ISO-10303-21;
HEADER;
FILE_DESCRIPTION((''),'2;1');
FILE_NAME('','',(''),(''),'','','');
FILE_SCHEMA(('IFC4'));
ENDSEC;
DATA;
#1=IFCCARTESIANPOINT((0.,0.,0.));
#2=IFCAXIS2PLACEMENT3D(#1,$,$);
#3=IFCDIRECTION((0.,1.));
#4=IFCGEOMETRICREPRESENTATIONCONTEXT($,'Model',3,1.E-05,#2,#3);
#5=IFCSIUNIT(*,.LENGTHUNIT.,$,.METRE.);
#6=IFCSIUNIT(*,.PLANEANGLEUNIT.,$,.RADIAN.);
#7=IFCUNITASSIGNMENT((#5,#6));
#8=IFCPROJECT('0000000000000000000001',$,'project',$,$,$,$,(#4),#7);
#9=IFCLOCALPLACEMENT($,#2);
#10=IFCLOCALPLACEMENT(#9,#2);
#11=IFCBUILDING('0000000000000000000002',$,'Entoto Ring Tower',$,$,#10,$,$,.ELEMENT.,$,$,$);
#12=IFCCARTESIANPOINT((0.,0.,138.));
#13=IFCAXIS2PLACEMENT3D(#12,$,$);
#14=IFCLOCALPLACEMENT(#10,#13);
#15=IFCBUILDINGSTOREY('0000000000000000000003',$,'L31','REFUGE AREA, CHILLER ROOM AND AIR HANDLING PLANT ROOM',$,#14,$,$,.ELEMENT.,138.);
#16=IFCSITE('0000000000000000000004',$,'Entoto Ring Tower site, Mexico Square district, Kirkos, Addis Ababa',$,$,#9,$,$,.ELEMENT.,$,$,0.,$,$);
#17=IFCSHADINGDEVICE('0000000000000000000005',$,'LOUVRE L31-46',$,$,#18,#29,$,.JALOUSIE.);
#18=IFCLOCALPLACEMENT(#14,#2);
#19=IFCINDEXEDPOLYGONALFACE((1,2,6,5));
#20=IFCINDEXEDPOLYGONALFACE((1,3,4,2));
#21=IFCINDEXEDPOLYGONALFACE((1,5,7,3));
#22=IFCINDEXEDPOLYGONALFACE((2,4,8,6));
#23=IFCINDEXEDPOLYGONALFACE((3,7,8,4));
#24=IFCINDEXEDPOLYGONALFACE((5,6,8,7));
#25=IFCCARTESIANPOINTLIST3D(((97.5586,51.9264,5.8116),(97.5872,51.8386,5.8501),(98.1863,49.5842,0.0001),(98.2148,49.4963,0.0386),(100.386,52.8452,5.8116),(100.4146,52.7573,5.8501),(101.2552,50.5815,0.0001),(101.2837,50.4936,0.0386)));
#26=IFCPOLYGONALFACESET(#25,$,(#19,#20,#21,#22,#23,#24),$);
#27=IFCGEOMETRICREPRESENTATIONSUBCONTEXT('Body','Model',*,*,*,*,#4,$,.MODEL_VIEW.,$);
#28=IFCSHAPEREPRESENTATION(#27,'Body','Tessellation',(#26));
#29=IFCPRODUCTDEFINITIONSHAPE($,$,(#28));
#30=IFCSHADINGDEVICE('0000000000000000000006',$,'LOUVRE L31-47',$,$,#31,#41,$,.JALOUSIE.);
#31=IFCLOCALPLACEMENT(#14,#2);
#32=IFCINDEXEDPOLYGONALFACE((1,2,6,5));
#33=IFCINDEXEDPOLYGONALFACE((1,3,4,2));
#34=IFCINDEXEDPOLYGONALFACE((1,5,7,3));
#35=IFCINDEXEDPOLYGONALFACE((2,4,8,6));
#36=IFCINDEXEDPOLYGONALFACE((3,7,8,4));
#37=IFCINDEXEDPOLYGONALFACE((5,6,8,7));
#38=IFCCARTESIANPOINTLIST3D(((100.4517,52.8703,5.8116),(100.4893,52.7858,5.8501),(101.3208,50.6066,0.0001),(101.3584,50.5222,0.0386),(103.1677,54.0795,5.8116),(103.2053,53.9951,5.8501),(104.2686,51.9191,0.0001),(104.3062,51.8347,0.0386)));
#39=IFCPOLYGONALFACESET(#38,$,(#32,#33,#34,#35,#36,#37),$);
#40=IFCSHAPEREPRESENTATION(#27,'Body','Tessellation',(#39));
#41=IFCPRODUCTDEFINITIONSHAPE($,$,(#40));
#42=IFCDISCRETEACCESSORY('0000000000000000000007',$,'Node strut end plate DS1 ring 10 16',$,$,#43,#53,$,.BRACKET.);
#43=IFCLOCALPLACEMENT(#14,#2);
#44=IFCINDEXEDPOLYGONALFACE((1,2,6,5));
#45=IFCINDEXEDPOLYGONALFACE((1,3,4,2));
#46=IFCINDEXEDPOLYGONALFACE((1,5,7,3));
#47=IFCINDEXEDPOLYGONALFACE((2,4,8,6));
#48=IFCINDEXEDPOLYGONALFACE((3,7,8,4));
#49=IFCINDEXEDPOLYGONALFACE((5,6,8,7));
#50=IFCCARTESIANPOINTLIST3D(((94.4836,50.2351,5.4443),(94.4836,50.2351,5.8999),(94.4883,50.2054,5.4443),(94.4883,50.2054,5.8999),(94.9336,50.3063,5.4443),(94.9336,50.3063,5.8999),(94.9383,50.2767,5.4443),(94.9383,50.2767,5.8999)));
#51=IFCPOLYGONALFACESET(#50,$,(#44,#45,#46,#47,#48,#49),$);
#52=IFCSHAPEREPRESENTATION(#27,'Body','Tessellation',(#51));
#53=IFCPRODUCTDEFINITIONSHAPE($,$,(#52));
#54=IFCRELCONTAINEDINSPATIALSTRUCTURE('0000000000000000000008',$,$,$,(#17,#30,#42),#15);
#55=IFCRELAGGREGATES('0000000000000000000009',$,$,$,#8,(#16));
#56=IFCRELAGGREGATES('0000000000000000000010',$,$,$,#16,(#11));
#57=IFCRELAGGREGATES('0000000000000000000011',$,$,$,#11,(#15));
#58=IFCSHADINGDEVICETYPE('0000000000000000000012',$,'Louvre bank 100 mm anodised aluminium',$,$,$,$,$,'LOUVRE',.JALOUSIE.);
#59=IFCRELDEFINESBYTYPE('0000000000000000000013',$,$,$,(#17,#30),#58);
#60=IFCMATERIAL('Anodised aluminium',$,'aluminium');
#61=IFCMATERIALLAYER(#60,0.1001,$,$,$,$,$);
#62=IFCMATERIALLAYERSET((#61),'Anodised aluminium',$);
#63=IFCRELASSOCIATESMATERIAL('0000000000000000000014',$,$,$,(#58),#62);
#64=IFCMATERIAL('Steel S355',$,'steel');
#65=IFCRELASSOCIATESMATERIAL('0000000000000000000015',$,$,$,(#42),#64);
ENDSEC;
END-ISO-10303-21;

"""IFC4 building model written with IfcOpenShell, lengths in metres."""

from ifc_helpers import new_model, si_unit, direction, frame, origin, origin_2d, place, context, subcontext, project, spatial, polyline, rectangle, outline, extrude, material, layer, layer_set, type_object, element, save


model = new_model("IFC4")

# Units and contexts
model_context = context("Model", 3, precision=1e-05, world=origin(), true_north=direction((0.0, 1.0)))
body_context = subcontext(model_context, "Body", "Model", "MODEL_VIEW")
ifc_project = project(units=[si_unit("LENGTHUNIT", "METRE"), si_unit("PLANEANGLEUNIT", "RADIAN")], contexts=[model_context])

# Site, building, storey
site_placement = place(None, origin())
site = spatial("IfcSite", under=ifc_project, at=site_placement, Name="Entoto Ring Tower site, Mexico Square district, Kirkos, Addis Ababa", CompositionType="ELEMENT", RefElevation=0.0)
building_placement = place(site_placement, origin())
building = spatial("IfcBuilding", under=site, at=building_placement, Name="Entoto Ring Tower", CompositionType="ELEMENT")
storey_placement = place(building_placement, frame((0.0, 0.0, 138.0)))
storey = spatial("IfcBuildingStorey", under=building, at=storey_placement, Name="L31", Description="REFUGE AREA, CHILLER ROOM AND AIR HANDLING PLANT ROOM", CompositionType="ELEMENT", Elevation=138.0)

# Shading devices
ifc_material_1 = material(Name="Anodised aluminium", Category="aluminium")
ifc_layer_1 = layer(ifc_material_1, 0.1001)
ifc_layer_set_1 = layer_set([ifc_layer_1], Name="Anodised aluminium")
shading_device_type = type_object("IfcShadingDeviceType", Name="Louvre bank 100 mm anodised aluminium", ElementType="LOUVRE", PredefinedType="JALOUSIE", material=ifc_layer_set_1)
shading_device_1_placement = place(storey_placement, frame((98.2148, 49.4963, 0.0386), z_axis=(0.285274, -0.877885, 0.384624), x_axis=(0.951045, 0.309051, 0.000008)))
element("IfcShadingDevice", 1, at=shading_device_1_placement, inside=storey, type_object=shading_device_type, Name="LOUVRE L31-46", PredefinedType="JALOUSIE", context=body_context, shape_type="SweptSolid", body=[
    extrude(outline(polyline([(0.0, 0.0), (3.2268, 0.0), (3.0999, 6.2958), (0.127, 6.2959), (0.0, 0.0)])), origin(), (0.0, 0.0, -1.0), 0.1001),
])
shading_device_2_placement = place(storey_placement, frame((101.3584, 50.5222, 0.0386), z_axis=(0.375454, -0.843273, 0.38461), x_axis=(0.913542, 0.406743, 0.000006)))
element("IfcShadingDevice", 2, at=shading_device_2_placement, inside=storey, type_object=shading_device_type, Name="LOUVRE L31-47", PredefinedType="JALOUSIE", context=body_context, shape_type="SweptSolid", body=[
    extrude(outline(polyline([(0.0, 0.0), (3.2267, 0.0), (3.0999, 6.2958), (0.1268, 6.2958), (0.0, 0.0)])), origin(), (0.0, 0.0, -1.0), 0.1001),
])

# Discrete accessory
ifc_material_2 = material(Name="Steel S355", Category="steel")
discrete_accessory_placement = place(storey_placement, frame((94.7109, 50.2559, 5.4443), z_axis=(0.0, 0.0, 1.0), x_axis=(0.156434, -0.987688, 0.0)))
element("IfcDiscreteAccessory", 3, at=discrete_accessory_placement, inside=storey, material=ifc_material_2, Name="Node strut end plate DS1 ring 10 16", PredefinedType="BRACKET", context=body_context, shape_type="SweptSolid", body=[
    extrude(rectangle(XDim=0.03, YDim=0.4556, at=origin_2d()), origin(), (0.0, 0.0, 1.0), 0.4556),
])

save(model, "model.ifc")
